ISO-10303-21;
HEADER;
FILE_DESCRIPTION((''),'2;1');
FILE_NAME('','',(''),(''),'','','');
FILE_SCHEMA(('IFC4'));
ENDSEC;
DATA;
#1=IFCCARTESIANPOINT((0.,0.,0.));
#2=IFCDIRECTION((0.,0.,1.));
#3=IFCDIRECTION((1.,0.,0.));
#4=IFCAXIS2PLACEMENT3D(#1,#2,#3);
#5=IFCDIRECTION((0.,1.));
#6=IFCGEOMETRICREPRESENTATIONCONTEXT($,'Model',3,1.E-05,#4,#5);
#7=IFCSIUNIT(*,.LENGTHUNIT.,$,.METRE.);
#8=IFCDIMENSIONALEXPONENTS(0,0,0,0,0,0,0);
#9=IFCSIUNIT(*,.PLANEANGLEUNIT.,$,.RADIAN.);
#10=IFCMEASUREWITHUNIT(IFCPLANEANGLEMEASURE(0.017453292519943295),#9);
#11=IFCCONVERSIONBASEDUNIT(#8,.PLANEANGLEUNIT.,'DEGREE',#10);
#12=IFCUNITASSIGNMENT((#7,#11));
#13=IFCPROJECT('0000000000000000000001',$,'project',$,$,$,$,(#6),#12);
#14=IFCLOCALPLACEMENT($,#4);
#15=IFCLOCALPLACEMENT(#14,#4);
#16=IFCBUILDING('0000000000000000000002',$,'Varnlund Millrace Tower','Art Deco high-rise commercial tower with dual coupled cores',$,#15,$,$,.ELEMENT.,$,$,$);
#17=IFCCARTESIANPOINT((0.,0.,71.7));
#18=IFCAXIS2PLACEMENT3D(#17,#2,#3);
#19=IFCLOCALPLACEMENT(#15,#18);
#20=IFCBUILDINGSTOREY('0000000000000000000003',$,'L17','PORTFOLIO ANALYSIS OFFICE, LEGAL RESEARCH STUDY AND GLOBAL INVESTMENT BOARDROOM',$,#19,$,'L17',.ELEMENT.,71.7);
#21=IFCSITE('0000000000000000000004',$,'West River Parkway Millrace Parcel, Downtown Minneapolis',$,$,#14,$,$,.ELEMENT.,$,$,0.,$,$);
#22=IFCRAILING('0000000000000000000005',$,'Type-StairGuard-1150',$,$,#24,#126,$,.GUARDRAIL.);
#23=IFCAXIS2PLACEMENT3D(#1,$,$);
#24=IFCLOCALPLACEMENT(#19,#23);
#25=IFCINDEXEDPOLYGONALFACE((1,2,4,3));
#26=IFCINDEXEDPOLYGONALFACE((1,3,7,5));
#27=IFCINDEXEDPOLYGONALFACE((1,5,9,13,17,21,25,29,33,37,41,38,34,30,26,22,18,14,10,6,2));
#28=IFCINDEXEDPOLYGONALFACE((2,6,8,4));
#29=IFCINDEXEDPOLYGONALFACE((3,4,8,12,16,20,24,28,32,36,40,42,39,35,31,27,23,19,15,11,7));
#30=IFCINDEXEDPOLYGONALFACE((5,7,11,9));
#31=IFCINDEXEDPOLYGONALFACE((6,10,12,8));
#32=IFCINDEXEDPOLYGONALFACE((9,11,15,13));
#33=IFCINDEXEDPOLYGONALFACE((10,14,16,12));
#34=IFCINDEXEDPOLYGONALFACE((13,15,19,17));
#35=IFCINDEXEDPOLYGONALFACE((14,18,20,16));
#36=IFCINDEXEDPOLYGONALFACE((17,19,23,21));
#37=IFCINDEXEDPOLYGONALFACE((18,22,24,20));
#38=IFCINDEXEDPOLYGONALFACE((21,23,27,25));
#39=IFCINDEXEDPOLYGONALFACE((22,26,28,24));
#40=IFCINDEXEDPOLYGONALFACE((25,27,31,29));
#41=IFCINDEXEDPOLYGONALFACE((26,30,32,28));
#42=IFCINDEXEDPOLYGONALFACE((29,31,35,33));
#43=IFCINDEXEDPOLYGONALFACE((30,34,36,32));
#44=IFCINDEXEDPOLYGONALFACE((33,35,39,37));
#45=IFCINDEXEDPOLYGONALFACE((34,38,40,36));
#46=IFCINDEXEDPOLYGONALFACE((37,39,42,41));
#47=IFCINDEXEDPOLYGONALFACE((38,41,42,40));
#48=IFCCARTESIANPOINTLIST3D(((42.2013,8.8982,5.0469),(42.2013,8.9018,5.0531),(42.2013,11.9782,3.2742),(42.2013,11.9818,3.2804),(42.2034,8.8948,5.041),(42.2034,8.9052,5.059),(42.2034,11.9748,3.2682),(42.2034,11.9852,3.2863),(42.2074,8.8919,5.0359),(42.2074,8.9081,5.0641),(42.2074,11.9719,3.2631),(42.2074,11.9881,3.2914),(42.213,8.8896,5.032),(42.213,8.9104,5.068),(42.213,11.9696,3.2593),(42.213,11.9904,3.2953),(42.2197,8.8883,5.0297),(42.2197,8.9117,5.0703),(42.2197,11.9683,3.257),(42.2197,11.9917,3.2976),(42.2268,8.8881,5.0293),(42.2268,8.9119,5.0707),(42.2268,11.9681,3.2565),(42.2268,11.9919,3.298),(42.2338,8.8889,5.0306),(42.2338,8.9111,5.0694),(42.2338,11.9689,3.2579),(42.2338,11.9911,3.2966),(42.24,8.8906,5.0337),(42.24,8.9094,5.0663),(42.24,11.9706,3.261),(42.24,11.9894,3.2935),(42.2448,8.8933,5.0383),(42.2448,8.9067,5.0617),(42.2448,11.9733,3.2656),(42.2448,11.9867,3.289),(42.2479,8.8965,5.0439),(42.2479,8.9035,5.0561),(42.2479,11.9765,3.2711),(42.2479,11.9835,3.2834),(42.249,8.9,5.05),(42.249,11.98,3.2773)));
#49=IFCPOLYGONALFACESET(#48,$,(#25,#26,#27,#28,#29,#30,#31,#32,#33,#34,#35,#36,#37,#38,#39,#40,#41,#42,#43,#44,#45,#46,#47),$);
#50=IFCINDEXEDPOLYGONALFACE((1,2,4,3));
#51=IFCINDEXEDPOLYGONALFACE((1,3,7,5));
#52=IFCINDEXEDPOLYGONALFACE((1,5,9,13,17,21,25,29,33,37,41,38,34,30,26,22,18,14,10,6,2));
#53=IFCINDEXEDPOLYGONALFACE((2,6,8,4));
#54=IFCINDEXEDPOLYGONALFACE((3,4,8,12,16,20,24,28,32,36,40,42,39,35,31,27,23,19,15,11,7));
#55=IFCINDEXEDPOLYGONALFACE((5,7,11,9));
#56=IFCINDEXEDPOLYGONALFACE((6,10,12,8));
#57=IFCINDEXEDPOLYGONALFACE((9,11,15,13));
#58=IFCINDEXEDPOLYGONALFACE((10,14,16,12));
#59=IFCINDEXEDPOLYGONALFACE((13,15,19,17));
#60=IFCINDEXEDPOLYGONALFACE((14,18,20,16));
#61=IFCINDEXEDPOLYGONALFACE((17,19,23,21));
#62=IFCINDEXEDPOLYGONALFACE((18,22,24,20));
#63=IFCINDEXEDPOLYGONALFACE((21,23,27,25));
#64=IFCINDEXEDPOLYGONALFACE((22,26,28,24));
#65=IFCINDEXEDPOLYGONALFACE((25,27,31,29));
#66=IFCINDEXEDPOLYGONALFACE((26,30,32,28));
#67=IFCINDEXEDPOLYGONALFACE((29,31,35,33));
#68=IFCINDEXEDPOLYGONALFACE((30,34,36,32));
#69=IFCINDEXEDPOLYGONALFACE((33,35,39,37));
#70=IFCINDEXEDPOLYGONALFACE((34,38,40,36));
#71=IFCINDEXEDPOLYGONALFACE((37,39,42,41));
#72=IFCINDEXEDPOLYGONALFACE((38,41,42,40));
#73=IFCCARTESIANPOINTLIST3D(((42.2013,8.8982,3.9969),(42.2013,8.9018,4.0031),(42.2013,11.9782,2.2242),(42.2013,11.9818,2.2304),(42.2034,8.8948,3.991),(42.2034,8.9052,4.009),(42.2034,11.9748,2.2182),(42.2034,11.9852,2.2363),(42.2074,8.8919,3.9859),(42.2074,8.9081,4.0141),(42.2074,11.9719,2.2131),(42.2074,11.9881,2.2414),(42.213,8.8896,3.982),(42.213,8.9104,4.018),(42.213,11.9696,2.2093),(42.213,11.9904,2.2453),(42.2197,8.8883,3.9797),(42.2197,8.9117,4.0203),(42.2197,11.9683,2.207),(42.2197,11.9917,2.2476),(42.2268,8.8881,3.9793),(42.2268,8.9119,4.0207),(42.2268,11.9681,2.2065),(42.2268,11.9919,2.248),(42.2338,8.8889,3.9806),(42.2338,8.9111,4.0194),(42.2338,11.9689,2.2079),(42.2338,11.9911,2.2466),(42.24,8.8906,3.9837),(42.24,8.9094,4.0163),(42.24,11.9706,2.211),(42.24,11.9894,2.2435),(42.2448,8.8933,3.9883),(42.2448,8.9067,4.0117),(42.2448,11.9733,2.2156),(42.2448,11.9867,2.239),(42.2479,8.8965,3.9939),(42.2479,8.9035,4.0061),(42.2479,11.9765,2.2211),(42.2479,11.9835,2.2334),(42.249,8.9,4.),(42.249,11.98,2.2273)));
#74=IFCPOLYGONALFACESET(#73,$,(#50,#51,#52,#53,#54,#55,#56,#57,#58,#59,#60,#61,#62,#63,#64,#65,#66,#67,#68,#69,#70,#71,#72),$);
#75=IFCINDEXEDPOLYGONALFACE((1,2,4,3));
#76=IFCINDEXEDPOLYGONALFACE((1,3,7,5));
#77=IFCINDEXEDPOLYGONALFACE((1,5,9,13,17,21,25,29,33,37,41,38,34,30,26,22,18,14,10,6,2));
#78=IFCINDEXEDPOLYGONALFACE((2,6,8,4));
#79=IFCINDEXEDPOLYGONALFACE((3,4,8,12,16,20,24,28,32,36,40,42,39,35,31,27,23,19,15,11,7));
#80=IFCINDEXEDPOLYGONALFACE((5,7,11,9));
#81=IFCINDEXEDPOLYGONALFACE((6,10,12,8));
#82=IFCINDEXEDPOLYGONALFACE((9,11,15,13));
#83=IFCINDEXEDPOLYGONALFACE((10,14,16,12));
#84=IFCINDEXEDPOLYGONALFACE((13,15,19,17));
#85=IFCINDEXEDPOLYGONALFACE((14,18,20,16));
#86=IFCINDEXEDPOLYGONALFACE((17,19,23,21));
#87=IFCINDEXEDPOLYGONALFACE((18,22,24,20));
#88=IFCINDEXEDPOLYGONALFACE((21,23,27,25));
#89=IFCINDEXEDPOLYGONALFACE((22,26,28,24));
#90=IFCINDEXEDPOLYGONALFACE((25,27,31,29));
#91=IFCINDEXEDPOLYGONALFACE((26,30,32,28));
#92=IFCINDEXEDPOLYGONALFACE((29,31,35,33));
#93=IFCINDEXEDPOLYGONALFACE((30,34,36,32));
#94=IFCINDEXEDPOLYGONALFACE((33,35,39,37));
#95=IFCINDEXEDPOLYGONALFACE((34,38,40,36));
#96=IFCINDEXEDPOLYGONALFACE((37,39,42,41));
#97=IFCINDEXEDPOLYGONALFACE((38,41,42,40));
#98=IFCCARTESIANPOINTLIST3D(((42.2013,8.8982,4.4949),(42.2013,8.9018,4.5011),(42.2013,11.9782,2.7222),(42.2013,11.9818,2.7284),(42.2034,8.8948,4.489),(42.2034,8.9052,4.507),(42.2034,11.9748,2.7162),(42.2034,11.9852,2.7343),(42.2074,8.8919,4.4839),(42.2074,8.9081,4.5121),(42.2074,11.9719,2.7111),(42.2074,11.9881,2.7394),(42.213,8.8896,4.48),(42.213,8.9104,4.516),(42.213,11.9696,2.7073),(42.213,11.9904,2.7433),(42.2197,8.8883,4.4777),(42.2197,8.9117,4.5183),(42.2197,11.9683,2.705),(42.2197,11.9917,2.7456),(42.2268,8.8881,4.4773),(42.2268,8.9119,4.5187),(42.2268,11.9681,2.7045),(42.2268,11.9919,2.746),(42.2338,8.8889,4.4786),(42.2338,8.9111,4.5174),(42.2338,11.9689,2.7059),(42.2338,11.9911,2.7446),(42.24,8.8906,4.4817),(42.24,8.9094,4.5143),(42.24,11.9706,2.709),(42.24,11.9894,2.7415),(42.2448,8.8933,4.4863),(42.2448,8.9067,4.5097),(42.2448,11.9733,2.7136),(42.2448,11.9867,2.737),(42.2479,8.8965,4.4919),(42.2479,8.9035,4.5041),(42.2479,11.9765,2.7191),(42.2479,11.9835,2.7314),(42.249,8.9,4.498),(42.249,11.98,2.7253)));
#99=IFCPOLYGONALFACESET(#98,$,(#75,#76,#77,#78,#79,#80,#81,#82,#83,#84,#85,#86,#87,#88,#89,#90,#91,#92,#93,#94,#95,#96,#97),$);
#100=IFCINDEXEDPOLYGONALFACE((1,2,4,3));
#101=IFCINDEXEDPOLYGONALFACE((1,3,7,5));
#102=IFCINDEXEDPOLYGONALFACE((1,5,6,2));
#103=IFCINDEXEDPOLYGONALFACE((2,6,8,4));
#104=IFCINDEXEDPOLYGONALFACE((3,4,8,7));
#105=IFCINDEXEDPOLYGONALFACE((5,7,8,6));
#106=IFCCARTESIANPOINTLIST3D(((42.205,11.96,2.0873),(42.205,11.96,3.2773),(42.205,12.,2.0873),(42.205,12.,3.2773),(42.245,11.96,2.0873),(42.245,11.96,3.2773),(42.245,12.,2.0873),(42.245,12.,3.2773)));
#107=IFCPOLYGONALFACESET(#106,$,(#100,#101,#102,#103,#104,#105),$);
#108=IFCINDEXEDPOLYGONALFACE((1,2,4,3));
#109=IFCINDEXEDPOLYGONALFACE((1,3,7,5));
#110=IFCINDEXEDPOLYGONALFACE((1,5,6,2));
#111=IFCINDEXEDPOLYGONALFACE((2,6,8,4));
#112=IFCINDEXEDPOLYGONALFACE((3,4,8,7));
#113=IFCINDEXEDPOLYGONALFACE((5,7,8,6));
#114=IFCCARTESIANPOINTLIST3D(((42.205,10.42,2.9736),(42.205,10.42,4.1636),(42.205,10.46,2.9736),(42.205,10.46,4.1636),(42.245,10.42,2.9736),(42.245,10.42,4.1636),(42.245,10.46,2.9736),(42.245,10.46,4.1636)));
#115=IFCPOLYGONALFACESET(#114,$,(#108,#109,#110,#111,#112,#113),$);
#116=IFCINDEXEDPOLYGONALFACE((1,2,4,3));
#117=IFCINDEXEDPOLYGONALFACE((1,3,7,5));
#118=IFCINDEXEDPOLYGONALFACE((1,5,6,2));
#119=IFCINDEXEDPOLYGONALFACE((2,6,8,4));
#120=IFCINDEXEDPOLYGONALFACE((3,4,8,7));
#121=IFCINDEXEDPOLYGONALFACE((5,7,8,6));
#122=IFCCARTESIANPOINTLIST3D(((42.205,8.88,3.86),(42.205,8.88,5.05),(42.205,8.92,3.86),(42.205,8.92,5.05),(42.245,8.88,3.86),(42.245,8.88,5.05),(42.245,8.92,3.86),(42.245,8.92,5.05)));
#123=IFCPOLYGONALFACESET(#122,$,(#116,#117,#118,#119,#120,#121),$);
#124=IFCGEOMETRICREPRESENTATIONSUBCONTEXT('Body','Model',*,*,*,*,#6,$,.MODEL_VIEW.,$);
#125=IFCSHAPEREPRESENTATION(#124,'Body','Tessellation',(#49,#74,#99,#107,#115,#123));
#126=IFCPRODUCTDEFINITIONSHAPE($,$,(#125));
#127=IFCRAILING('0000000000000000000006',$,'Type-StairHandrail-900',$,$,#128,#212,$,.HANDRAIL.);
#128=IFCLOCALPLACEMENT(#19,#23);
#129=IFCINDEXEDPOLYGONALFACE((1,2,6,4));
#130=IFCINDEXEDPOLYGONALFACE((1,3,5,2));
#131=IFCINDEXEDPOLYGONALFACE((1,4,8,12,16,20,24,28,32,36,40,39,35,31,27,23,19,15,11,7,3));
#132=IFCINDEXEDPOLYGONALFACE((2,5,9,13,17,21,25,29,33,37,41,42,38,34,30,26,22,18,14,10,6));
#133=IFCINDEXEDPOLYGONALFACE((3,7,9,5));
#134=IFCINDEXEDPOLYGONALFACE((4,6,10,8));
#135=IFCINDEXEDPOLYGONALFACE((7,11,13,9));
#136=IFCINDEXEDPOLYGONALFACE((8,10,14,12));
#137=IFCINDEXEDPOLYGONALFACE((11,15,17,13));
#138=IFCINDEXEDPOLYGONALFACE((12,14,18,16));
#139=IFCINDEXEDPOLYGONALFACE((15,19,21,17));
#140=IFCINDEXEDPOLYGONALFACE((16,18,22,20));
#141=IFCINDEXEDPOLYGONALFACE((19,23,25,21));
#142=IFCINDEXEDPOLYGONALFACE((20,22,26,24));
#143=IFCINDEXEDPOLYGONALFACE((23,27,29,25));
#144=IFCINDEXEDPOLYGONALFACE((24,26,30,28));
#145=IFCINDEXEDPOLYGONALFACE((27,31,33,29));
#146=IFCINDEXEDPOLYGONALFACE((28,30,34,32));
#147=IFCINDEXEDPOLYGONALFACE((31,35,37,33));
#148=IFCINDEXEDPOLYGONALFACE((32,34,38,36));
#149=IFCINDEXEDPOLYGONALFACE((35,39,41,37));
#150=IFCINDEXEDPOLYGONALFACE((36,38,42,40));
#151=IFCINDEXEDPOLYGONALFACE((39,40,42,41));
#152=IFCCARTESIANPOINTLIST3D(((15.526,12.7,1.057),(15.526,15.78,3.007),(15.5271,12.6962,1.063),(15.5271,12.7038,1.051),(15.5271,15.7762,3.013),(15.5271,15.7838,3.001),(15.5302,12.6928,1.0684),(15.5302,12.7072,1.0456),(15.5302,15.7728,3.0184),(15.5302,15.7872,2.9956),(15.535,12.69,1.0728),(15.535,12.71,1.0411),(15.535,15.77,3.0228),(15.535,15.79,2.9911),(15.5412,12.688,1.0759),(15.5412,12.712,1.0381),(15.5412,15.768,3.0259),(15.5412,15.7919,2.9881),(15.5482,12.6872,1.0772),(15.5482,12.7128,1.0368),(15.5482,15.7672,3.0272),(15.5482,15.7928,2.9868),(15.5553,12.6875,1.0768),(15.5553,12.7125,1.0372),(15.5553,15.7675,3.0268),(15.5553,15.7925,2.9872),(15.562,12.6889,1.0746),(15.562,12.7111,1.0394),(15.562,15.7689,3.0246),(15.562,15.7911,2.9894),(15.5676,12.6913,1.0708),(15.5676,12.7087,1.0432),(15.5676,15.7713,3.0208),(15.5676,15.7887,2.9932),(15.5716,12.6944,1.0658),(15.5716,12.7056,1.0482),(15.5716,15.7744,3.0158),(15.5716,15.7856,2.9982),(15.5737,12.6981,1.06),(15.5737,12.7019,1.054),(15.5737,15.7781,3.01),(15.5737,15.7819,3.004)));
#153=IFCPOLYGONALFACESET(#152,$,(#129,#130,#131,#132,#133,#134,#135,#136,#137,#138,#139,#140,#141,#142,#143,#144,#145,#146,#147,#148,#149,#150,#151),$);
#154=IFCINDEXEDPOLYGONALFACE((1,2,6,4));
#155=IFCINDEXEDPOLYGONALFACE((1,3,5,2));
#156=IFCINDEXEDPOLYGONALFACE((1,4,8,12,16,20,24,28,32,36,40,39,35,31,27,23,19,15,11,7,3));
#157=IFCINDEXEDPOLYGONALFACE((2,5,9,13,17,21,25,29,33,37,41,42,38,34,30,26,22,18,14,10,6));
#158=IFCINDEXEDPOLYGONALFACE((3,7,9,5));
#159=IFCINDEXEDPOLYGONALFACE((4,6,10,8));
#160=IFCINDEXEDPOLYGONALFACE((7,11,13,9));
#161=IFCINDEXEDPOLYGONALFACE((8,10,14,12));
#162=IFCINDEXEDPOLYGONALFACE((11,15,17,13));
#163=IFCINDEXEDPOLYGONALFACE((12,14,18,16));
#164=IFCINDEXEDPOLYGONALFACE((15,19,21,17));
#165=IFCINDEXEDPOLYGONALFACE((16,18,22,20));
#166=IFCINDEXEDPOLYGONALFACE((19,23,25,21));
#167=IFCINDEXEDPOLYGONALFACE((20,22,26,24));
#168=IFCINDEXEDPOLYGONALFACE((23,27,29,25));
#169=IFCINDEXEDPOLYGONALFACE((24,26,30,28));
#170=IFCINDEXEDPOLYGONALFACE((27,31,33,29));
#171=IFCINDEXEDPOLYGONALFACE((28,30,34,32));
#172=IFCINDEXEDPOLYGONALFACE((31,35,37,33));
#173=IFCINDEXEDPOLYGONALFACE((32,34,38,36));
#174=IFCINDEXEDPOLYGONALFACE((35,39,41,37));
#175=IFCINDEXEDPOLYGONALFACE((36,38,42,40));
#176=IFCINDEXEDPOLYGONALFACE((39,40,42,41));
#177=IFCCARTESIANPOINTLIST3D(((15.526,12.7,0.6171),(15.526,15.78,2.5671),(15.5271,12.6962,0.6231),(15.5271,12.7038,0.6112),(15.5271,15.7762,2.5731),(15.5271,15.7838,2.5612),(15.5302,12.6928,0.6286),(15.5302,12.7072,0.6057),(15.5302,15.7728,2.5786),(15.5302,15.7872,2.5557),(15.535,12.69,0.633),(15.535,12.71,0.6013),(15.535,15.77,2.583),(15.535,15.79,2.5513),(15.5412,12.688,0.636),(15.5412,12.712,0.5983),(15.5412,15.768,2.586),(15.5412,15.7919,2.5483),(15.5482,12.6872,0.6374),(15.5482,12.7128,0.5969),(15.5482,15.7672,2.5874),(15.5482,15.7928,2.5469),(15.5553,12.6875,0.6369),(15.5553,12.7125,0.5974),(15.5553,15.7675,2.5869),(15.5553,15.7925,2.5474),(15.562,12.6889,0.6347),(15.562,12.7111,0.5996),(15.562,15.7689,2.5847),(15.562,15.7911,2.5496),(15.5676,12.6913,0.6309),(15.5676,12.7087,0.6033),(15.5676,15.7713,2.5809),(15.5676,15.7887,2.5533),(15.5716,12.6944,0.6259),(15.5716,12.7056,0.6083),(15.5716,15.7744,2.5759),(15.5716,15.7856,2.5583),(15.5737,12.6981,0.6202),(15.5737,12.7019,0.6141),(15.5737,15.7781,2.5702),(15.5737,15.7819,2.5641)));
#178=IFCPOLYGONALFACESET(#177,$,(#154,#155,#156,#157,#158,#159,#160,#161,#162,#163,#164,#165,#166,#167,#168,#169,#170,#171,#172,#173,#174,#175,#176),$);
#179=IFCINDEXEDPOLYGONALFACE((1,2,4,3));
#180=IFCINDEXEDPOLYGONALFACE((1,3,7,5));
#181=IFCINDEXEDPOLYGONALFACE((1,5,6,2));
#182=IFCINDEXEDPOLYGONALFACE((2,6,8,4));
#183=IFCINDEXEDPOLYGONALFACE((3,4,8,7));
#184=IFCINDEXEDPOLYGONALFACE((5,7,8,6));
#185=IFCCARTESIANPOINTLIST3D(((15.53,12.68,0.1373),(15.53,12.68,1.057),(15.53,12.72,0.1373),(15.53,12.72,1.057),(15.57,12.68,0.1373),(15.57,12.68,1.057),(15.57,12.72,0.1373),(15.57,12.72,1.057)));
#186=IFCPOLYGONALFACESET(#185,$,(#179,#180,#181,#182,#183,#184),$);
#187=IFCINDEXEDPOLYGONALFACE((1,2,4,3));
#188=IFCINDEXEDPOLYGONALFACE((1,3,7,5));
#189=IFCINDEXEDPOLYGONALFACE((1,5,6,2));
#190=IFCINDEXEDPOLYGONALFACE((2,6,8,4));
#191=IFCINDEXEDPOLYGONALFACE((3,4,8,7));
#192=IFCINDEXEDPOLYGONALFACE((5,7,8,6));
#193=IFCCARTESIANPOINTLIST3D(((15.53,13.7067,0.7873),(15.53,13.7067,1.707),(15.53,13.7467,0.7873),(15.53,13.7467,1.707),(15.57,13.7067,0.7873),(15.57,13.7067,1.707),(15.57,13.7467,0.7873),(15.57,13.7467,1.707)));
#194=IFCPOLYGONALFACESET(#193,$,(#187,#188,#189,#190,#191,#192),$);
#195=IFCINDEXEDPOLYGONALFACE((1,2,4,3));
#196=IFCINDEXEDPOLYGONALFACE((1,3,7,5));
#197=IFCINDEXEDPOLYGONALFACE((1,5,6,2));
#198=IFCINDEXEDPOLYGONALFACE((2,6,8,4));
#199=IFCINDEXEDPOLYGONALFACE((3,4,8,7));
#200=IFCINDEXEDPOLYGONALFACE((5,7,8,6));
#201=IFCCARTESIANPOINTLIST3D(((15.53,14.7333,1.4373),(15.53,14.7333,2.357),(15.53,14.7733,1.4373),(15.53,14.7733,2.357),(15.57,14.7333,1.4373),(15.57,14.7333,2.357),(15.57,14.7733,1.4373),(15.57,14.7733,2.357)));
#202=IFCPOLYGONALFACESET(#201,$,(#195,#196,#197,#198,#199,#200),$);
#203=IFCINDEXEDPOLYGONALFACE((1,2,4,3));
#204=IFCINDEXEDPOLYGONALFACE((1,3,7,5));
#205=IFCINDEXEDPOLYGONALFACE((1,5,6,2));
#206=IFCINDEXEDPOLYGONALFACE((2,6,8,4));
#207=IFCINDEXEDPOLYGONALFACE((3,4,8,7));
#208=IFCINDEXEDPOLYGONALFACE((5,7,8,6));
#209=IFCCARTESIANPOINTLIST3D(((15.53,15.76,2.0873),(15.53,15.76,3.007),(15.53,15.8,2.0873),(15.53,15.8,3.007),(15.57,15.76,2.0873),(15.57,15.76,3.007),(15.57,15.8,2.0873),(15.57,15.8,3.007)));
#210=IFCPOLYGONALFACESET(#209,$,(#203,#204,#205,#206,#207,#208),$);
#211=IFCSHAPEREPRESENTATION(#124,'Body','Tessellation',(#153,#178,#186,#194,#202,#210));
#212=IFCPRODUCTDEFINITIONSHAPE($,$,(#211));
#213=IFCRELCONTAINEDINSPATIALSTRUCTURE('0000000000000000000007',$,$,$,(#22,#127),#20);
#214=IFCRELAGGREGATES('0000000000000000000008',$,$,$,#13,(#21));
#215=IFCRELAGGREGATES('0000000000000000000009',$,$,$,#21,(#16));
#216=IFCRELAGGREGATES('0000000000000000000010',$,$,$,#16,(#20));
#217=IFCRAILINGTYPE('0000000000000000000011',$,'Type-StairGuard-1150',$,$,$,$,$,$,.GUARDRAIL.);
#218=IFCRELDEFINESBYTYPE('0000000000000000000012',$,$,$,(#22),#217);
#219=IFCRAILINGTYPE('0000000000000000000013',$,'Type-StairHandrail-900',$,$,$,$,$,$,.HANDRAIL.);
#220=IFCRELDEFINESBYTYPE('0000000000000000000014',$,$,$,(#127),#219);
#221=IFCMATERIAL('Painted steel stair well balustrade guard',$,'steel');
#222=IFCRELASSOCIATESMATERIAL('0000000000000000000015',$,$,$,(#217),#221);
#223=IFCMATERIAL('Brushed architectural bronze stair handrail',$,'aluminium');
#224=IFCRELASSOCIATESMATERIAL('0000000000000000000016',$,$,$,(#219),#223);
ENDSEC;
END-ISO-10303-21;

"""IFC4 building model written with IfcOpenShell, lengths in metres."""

from ifc_helpers import new_model, entity, si_unit, converted_unit, direction, frame, origin_with_axes, origin_2d_with_axis, place, context, subcontext, project, spatial, rectangle, circle, extrude, material, type_object, element, save


model = new_model("IFC4")

# Units and contexts
model_context = context("Model", 3, precision=1e-05, world=origin_with_axes(), true_north=direction((0.0, 1.0)))
body_context = subcontext(model_context, "Body", "Model", "MODEL_VIEW")
ifc_project = project(units=[si_unit("LENGTHUNIT", "METRE"), converted_unit("PLANEANGLEUNIT", "DEGREE", entity("IfcPlaneAngleMeasure", 0.017453292519943295), si_unit("PLANEANGLEUNIT", "RADIAN"), dimensions=[0, 0, 0, 0, 0, 0, 0])], contexts=[model_context])

# Site, building, storey
site_placement = place(None, origin_with_axes())
site = spatial("IfcSite", under=ifc_project, at=site_placement, Name="West River Parkway Millrace Parcel, Downtown Minneapolis", CompositionType="ELEMENT", RefElevation=0.0)
building_placement = place(site_placement, origin_with_axes())
building = spatial("IfcBuilding", under=site, at=building_placement, Name="Varnlund Millrace Tower", Description="Art Deco high-rise commercial tower with dual coupled cores", CompositionType="ELEMENT")
storey_placement = place(building_placement, frame((0.0, 0.0, 71.7), z_axis=(0.0, 0.0, 1.0), x_axis=(1.0, 0.0, 0.0)))
storey = spatial("IfcBuildingStorey", under=building, at=storey_placement, Name="L17", Description="PORTFOLIO ANALYSIS OFFICE, LEGAL RESEARCH STUDY AND GLOBAL INVESTMENT BOARDROOM", LongName="L17", CompositionType="ELEMENT", Elevation=71.7)

# Railings
ifc_material_1 = material(Name="Painted steel stair well balustrade guard", Category="steel")
railing_type_1 = type_object("IfcRailingType", Name="Type-StairGuard-1150", PredefinedType="GUARDRAIL", material=ifc_material_1)
railing_1_placement = place(storey_placement, frame((0.0, 0.0, -71.7), z_axis=(0.0, 0.0, 1.0), x_axis=(1.0, 0.0, 0.0)))
element("IfcRailing", 1, at=railing_1_placement, inside=storey, type_object=railing_type_1, Name="Type-StairGuard-1150", PredefinedType="GUARDRAIL", context=body_context, shape_type="SweptSolid", body=[
    extrude(circle(Radius=0.024, at=origin_2d_with_axis()), frame((42.225, 11.98, 74.9773), z_axis=(0.0, -0.866696, 0.498836), x_axis=(1.0, 0.0, 0.0)), (0.0, 0.0, 1.0), 3.5537),
    extrude(circle(Radius=0.024, at=origin_2d_with_axis()), frame((42.225, 11.98, 73.9273), z_axis=(0.0, -0.866696, 0.498836), x_axis=(1.0, 0.0, 0.0)), (0.0, 0.0, 1.0), 3.5537),
    extrude(circle(Radius=0.024, at=origin_2d_with_axis()), frame((42.225, 11.98, 74.4253), z_axis=(0.0, -0.866696, 0.498836), x_axis=(1.0, 0.0, 0.0)), (0.0, 0.0, 1.0), 3.5537),
    extrude(rectangle(XDim=0.04, YDim=0.04, at=origin_2d_with_axis()), frame((42.225, 11.98, 73.7873), z_axis=(0.0, 0.0, 1.0), x_axis=(1.0, 0.0, 0.0)), (0.0, 0.0, 1.0), 1.19),
    extrude(rectangle(XDim=0.04, YDim=0.04, at=origin_2d_with_axis()), frame((42.225, 10.44, 74.6736), z_axis=(0.0, 0.0, 1.0), x_axis=(1.0, 0.0, 0.0)), (0.0, 0.0, 1.0), 1.19),
    extrude(rectangle(XDim=0.04, YDim=0.04, at=origin_2d_with_axis()), frame((42.225, 8.9, 75.56), z_axis=(0.0, 0.0, 1.0), x_axis=(1.0, 0.0, 0.0)), (0.0, 0.0, 1.0), 1.19),
])
ifc_material_2 = material(Name="Brushed architectural bronze stair handrail", Category="aluminium")
railing_type_2 = type_object("IfcRailingType", Name="Type-StairHandrail-900", PredefinedType="HANDRAIL", material=ifc_material_2)
railing_2_placement = place(storey_placement, frame((0.0, 0.0, -71.7), z_axis=(0.0, 0.0, 1.0), x_axis=(1.0, 0.0, 0.0)))
element("IfcRailing", 2, at=railing_2_placement, inside=storey, type_object=railing_type_2, Name="Type-StairHandrail-900", PredefinedType="HANDRAIL", context=body_context, shape_type="SweptSolid", body=[
    extrude(circle(Radius=0.024, at=origin_2d_with_axis()), frame((15.55, 12.7, 72.757), z_axis=(0.0, 0.844902, 0.534922), x_axis=(-1.0, 0.0, 0.0)), (0.0, 0.0, 1.0), 3.6454),
    extrude(circle(Radius=0.024, at=origin_2d_with_axis()), frame((15.55, 12.7, 72.3171), z_axis=(0.0, 0.844902, 0.534922), x_axis=(-1.0, 0.0, 0.0)), (0.0, 0.0, 1.0), 3.6454),
    extrude(rectangle(XDim=0.04, YDim=0.04, at=origin_2d_with_axis()), frame((15.55, 12.7, 71.8373), z_axis=(0.0, 0.0, 1.0), x_axis=(1.0, 0.0, 0.0)), (0.0, 0.0, 1.0), 0.9197),
    extrude(rectangle(XDim=0.04, YDim=0.04, at=origin_2d_with_axis()), frame((15.55, 13.7267, 72.4873), z_axis=(0.0, 0.0, 1.0), x_axis=(1.0, 0.0, 0.0)), (0.0, 0.0, 1.0), 0.9197),
    extrude(rectangle(XDim=0.04, YDim=0.04, at=origin_2d_with_axis()), frame((15.55, 14.7533, 73.1373), z_axis=(0.0, 0.0, 1.0), x_axis=(1.0, 0.0, 0.0)), (0.0, 0.0, 1.0), 0.9197),
    extrude(rectangle(XDim=0.04, YDim=0.04, at=origin_2d_with_axis()), frame((15.55, 15.78, 73.7873), z_axis=(0.0, 0.0, 1.0), x_axis=(1.0, 0.0, 0.0)), (0.0, 0.0, 1.0), 0.9197),
])

save(model, "model.ifc")
